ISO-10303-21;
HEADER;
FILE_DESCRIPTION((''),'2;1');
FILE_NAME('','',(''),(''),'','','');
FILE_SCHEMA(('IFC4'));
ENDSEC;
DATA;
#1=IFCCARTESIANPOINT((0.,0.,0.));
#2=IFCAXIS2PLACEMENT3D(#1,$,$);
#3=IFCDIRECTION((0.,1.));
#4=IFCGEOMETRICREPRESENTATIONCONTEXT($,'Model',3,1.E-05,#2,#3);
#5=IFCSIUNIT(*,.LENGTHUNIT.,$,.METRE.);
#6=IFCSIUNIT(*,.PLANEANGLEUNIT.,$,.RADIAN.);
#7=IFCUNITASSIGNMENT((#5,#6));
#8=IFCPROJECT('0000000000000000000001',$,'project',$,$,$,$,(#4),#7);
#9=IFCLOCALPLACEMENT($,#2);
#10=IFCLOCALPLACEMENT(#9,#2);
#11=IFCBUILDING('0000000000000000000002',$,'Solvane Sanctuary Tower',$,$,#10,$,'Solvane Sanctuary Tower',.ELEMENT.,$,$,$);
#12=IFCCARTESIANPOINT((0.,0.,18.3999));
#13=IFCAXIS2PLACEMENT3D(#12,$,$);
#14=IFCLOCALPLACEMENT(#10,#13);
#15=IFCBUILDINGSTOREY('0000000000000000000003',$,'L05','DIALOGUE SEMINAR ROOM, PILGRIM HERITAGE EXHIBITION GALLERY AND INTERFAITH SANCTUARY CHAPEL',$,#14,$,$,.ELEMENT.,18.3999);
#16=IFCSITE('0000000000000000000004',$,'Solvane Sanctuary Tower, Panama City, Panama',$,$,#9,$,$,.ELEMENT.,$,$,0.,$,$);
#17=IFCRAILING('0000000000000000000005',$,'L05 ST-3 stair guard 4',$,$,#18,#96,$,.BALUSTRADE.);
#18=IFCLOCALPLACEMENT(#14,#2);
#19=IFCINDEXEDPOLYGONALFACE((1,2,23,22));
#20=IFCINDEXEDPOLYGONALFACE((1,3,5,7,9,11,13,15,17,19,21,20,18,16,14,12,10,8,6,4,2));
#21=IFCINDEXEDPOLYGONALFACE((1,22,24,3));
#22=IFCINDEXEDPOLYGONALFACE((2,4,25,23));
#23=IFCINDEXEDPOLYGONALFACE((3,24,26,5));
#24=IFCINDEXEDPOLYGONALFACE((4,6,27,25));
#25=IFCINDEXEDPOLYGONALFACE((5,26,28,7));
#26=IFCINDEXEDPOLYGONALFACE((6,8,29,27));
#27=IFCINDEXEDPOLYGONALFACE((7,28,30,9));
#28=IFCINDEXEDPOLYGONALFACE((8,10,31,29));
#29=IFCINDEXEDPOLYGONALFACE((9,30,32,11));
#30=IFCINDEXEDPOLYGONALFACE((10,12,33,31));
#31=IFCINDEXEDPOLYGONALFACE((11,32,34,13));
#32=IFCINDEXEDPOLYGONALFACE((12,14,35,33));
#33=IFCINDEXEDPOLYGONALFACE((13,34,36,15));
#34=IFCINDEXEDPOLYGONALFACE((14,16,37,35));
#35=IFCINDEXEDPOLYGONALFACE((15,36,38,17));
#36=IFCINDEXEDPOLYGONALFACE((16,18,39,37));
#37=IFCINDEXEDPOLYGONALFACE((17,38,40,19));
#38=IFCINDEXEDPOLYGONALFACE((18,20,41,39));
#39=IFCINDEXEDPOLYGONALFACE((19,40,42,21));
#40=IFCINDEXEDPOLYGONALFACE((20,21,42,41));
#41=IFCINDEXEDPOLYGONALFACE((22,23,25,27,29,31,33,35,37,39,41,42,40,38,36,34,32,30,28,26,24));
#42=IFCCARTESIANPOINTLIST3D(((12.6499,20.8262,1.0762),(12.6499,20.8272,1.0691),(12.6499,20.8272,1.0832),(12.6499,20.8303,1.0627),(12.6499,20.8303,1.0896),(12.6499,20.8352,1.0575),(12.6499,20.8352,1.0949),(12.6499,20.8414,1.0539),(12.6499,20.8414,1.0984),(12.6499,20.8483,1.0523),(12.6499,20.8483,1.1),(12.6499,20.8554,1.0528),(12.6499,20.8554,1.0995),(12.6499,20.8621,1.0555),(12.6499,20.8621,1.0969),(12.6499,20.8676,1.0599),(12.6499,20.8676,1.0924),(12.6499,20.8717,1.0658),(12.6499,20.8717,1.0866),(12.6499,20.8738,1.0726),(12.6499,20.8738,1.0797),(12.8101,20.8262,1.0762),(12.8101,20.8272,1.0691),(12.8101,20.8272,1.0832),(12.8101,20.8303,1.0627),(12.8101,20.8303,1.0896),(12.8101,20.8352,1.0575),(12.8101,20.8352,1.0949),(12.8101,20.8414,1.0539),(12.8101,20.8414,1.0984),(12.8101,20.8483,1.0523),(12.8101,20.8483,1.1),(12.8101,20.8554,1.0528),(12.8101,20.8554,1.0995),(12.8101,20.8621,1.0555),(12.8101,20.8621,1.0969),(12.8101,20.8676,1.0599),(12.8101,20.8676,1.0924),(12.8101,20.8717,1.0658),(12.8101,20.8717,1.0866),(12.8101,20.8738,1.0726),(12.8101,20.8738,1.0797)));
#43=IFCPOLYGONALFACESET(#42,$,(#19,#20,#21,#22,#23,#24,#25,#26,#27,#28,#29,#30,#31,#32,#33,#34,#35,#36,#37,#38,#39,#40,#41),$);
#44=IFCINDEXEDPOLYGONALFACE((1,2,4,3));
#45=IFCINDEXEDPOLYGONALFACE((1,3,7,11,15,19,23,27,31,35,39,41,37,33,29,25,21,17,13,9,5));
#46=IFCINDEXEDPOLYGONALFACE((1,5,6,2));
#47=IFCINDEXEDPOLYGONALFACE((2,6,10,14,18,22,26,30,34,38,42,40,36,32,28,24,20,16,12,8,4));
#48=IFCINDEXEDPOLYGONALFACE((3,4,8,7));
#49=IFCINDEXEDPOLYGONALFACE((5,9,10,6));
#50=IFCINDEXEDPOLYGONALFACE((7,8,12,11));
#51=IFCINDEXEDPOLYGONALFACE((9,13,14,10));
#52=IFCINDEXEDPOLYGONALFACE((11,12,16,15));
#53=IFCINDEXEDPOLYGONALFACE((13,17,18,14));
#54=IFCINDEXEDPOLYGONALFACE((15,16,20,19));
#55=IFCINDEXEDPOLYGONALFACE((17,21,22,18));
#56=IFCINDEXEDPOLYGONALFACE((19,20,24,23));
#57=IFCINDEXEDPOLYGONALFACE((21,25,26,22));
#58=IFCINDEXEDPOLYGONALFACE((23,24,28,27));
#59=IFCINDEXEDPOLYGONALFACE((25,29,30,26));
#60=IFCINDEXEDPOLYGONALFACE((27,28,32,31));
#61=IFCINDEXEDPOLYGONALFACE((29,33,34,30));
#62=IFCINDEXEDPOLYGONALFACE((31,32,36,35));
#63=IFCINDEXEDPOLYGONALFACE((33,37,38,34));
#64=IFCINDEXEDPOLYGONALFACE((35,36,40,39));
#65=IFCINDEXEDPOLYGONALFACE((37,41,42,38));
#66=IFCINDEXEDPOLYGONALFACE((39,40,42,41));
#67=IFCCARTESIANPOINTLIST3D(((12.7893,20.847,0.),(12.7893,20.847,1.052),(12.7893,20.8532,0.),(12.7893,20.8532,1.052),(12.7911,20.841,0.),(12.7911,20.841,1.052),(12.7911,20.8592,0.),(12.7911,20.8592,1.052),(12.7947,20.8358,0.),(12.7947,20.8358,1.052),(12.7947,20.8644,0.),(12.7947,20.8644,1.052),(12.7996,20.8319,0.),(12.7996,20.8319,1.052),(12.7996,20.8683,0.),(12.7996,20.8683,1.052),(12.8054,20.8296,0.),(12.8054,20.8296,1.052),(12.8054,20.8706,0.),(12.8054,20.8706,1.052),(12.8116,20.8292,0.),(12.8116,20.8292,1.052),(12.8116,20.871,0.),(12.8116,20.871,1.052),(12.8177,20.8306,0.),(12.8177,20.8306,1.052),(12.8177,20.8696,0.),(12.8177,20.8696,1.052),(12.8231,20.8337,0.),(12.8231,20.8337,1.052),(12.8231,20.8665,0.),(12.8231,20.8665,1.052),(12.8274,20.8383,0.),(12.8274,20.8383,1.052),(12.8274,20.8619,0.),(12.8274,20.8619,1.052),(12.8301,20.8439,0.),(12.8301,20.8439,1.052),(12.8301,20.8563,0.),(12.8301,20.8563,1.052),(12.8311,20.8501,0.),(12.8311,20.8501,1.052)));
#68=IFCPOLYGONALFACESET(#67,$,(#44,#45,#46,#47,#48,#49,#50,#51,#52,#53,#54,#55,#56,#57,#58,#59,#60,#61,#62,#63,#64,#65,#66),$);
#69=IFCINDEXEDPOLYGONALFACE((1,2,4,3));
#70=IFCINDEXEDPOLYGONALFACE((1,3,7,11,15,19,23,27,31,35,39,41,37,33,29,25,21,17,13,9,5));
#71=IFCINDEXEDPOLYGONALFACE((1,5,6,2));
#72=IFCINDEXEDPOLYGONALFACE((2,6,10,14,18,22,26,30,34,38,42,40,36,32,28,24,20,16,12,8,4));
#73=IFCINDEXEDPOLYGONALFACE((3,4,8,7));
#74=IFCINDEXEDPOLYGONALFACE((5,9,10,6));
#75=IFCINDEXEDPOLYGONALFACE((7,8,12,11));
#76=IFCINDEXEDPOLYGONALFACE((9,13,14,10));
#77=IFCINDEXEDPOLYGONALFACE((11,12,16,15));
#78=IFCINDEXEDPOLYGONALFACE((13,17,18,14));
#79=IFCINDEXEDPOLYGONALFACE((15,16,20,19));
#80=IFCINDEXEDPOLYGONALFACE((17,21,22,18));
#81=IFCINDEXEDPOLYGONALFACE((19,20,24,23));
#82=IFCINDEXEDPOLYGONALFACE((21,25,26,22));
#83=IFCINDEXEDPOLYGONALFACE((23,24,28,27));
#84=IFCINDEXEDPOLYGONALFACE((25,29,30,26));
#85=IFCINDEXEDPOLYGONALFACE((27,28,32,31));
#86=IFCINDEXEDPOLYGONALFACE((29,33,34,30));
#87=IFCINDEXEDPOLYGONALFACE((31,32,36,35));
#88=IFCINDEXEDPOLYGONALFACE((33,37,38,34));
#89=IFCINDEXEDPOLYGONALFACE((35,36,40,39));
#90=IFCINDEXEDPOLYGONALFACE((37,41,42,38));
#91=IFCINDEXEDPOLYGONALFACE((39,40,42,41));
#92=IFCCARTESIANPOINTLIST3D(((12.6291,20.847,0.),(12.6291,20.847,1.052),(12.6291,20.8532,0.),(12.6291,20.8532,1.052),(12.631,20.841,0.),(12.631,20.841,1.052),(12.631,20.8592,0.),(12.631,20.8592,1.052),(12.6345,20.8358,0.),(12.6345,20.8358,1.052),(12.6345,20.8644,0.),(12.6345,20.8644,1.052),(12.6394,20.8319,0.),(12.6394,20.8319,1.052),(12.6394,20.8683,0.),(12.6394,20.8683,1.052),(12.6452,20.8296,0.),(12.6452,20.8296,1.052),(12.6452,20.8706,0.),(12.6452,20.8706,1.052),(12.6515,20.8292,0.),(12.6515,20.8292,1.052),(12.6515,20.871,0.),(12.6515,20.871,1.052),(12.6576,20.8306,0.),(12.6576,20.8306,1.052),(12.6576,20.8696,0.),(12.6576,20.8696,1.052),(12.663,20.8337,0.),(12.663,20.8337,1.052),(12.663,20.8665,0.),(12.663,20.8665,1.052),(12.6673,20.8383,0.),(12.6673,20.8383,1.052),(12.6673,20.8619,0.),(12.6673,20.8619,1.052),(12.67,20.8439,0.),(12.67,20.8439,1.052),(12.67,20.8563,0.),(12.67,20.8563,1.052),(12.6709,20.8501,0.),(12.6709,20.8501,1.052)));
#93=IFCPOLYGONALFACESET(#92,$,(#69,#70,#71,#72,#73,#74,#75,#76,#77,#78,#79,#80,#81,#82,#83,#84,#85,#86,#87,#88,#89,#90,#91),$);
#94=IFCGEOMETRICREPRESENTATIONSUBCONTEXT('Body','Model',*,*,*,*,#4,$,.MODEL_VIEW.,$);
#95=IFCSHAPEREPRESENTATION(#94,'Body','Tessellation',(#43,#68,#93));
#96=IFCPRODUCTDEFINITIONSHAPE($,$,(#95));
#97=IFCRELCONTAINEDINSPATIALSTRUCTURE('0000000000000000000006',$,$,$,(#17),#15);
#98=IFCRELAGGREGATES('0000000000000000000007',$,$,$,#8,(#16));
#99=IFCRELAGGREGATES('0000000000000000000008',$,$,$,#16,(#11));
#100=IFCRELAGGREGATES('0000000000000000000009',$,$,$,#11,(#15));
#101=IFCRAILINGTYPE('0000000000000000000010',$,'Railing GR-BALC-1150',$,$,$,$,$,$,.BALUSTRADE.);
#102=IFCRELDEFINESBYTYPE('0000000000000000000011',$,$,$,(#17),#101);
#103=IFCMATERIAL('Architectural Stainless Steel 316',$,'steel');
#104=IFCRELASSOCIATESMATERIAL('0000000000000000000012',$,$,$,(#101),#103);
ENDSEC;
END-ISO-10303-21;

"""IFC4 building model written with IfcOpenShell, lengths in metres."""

from ifc_helpers import new_model, si_unit, direction, frame, origin, origin_2d, place, context, subcontext, project, spatial, circle, extrude, material, type_object, element, save


model = new_model("IFC4")

# Units and contexts
model_context = context("Model", 3, precision=1e-05, world=origin(), true_north=direction((0.0, 1.0)))
body_context = subcontext(model_context, "Body", "Model", "MODEL_VIEW")
ifc_project = project(units=[si_unit("LENGTHUNIT", "METRE"), si_unit("PLANEANGLEUNIT", "RADIAN")], contexts=[model_context])

# Site, building, storey
site_placement = place(None, origin())
site = spatial("IfcSite", under=ifc_project, at=site_placement, Name="Solvane Sanctuary Tower, Panama City, Panama", CompositionType="ELEMENT", RefElevation=0.0)
building_placement = place(site_placement, origin())
building = spatial("IfcBuilding", under=site, at=building_placement, Name="Solvane Sanctuary Tower", LongName="Solvane Sanctuary Tower", CompositionType="ELEMENT")
storey_placement = place(building_placement, frame((0.0, 0.0, 18.3999)))
storey = spatial("IfcBuildingStorey", under=building, at=storey_placement, Name="L05", Description="DIALOGUE SEMINAR ROOM, PILGRIM HERITAGE EXHIBITION GALLERY AND INTERFAITH SANCTUARY CHAPEL", CompositionType="ELEMENT", Elevation=18.3999)

# Railing
ifc_material_1 = material(Name="Architectural Stainless Steel 316", Category="steel")
railing_type_1 = type_object("IfcRailingType", Name="Railing GR-BALC-1150", PredefinedType="BALUSTRADE", material=ifc_material_1)
railing_1_placement = place(storey_placement, frame((12.8101, 20.8501, 0.0)))
element("IfcRailing", 1, at=railing_1_placement, inside=storey, type_object=railing_type_1, Name="L05 ST-3 stair guard 4", PredefinedType="BALUSTRADE", context=body_context, shape_type="SweptSolid", body=[
    extrude(circle(Radius=0.0239, at=origin_2d()), frame((0.0, 0.0, 1.0762), z_axis=(-1.0, 0.0, 0.0), x_axis=(0.0, -1.0, 0.0)), (0.0, 0.0, 1.0), 0.1602),
    extrude(circle(Radius=0.021, at=origin_2d()), origin(), (0.0, 0.0, 1.0), 1.052),
    extrude(circle(Radius=0.021, at=origin_2d()), frame((-0.1602, 0.0, 0.0)), (0.0, 0.0, 1.0), 1.052),
])

save(model, "model.ifc")
